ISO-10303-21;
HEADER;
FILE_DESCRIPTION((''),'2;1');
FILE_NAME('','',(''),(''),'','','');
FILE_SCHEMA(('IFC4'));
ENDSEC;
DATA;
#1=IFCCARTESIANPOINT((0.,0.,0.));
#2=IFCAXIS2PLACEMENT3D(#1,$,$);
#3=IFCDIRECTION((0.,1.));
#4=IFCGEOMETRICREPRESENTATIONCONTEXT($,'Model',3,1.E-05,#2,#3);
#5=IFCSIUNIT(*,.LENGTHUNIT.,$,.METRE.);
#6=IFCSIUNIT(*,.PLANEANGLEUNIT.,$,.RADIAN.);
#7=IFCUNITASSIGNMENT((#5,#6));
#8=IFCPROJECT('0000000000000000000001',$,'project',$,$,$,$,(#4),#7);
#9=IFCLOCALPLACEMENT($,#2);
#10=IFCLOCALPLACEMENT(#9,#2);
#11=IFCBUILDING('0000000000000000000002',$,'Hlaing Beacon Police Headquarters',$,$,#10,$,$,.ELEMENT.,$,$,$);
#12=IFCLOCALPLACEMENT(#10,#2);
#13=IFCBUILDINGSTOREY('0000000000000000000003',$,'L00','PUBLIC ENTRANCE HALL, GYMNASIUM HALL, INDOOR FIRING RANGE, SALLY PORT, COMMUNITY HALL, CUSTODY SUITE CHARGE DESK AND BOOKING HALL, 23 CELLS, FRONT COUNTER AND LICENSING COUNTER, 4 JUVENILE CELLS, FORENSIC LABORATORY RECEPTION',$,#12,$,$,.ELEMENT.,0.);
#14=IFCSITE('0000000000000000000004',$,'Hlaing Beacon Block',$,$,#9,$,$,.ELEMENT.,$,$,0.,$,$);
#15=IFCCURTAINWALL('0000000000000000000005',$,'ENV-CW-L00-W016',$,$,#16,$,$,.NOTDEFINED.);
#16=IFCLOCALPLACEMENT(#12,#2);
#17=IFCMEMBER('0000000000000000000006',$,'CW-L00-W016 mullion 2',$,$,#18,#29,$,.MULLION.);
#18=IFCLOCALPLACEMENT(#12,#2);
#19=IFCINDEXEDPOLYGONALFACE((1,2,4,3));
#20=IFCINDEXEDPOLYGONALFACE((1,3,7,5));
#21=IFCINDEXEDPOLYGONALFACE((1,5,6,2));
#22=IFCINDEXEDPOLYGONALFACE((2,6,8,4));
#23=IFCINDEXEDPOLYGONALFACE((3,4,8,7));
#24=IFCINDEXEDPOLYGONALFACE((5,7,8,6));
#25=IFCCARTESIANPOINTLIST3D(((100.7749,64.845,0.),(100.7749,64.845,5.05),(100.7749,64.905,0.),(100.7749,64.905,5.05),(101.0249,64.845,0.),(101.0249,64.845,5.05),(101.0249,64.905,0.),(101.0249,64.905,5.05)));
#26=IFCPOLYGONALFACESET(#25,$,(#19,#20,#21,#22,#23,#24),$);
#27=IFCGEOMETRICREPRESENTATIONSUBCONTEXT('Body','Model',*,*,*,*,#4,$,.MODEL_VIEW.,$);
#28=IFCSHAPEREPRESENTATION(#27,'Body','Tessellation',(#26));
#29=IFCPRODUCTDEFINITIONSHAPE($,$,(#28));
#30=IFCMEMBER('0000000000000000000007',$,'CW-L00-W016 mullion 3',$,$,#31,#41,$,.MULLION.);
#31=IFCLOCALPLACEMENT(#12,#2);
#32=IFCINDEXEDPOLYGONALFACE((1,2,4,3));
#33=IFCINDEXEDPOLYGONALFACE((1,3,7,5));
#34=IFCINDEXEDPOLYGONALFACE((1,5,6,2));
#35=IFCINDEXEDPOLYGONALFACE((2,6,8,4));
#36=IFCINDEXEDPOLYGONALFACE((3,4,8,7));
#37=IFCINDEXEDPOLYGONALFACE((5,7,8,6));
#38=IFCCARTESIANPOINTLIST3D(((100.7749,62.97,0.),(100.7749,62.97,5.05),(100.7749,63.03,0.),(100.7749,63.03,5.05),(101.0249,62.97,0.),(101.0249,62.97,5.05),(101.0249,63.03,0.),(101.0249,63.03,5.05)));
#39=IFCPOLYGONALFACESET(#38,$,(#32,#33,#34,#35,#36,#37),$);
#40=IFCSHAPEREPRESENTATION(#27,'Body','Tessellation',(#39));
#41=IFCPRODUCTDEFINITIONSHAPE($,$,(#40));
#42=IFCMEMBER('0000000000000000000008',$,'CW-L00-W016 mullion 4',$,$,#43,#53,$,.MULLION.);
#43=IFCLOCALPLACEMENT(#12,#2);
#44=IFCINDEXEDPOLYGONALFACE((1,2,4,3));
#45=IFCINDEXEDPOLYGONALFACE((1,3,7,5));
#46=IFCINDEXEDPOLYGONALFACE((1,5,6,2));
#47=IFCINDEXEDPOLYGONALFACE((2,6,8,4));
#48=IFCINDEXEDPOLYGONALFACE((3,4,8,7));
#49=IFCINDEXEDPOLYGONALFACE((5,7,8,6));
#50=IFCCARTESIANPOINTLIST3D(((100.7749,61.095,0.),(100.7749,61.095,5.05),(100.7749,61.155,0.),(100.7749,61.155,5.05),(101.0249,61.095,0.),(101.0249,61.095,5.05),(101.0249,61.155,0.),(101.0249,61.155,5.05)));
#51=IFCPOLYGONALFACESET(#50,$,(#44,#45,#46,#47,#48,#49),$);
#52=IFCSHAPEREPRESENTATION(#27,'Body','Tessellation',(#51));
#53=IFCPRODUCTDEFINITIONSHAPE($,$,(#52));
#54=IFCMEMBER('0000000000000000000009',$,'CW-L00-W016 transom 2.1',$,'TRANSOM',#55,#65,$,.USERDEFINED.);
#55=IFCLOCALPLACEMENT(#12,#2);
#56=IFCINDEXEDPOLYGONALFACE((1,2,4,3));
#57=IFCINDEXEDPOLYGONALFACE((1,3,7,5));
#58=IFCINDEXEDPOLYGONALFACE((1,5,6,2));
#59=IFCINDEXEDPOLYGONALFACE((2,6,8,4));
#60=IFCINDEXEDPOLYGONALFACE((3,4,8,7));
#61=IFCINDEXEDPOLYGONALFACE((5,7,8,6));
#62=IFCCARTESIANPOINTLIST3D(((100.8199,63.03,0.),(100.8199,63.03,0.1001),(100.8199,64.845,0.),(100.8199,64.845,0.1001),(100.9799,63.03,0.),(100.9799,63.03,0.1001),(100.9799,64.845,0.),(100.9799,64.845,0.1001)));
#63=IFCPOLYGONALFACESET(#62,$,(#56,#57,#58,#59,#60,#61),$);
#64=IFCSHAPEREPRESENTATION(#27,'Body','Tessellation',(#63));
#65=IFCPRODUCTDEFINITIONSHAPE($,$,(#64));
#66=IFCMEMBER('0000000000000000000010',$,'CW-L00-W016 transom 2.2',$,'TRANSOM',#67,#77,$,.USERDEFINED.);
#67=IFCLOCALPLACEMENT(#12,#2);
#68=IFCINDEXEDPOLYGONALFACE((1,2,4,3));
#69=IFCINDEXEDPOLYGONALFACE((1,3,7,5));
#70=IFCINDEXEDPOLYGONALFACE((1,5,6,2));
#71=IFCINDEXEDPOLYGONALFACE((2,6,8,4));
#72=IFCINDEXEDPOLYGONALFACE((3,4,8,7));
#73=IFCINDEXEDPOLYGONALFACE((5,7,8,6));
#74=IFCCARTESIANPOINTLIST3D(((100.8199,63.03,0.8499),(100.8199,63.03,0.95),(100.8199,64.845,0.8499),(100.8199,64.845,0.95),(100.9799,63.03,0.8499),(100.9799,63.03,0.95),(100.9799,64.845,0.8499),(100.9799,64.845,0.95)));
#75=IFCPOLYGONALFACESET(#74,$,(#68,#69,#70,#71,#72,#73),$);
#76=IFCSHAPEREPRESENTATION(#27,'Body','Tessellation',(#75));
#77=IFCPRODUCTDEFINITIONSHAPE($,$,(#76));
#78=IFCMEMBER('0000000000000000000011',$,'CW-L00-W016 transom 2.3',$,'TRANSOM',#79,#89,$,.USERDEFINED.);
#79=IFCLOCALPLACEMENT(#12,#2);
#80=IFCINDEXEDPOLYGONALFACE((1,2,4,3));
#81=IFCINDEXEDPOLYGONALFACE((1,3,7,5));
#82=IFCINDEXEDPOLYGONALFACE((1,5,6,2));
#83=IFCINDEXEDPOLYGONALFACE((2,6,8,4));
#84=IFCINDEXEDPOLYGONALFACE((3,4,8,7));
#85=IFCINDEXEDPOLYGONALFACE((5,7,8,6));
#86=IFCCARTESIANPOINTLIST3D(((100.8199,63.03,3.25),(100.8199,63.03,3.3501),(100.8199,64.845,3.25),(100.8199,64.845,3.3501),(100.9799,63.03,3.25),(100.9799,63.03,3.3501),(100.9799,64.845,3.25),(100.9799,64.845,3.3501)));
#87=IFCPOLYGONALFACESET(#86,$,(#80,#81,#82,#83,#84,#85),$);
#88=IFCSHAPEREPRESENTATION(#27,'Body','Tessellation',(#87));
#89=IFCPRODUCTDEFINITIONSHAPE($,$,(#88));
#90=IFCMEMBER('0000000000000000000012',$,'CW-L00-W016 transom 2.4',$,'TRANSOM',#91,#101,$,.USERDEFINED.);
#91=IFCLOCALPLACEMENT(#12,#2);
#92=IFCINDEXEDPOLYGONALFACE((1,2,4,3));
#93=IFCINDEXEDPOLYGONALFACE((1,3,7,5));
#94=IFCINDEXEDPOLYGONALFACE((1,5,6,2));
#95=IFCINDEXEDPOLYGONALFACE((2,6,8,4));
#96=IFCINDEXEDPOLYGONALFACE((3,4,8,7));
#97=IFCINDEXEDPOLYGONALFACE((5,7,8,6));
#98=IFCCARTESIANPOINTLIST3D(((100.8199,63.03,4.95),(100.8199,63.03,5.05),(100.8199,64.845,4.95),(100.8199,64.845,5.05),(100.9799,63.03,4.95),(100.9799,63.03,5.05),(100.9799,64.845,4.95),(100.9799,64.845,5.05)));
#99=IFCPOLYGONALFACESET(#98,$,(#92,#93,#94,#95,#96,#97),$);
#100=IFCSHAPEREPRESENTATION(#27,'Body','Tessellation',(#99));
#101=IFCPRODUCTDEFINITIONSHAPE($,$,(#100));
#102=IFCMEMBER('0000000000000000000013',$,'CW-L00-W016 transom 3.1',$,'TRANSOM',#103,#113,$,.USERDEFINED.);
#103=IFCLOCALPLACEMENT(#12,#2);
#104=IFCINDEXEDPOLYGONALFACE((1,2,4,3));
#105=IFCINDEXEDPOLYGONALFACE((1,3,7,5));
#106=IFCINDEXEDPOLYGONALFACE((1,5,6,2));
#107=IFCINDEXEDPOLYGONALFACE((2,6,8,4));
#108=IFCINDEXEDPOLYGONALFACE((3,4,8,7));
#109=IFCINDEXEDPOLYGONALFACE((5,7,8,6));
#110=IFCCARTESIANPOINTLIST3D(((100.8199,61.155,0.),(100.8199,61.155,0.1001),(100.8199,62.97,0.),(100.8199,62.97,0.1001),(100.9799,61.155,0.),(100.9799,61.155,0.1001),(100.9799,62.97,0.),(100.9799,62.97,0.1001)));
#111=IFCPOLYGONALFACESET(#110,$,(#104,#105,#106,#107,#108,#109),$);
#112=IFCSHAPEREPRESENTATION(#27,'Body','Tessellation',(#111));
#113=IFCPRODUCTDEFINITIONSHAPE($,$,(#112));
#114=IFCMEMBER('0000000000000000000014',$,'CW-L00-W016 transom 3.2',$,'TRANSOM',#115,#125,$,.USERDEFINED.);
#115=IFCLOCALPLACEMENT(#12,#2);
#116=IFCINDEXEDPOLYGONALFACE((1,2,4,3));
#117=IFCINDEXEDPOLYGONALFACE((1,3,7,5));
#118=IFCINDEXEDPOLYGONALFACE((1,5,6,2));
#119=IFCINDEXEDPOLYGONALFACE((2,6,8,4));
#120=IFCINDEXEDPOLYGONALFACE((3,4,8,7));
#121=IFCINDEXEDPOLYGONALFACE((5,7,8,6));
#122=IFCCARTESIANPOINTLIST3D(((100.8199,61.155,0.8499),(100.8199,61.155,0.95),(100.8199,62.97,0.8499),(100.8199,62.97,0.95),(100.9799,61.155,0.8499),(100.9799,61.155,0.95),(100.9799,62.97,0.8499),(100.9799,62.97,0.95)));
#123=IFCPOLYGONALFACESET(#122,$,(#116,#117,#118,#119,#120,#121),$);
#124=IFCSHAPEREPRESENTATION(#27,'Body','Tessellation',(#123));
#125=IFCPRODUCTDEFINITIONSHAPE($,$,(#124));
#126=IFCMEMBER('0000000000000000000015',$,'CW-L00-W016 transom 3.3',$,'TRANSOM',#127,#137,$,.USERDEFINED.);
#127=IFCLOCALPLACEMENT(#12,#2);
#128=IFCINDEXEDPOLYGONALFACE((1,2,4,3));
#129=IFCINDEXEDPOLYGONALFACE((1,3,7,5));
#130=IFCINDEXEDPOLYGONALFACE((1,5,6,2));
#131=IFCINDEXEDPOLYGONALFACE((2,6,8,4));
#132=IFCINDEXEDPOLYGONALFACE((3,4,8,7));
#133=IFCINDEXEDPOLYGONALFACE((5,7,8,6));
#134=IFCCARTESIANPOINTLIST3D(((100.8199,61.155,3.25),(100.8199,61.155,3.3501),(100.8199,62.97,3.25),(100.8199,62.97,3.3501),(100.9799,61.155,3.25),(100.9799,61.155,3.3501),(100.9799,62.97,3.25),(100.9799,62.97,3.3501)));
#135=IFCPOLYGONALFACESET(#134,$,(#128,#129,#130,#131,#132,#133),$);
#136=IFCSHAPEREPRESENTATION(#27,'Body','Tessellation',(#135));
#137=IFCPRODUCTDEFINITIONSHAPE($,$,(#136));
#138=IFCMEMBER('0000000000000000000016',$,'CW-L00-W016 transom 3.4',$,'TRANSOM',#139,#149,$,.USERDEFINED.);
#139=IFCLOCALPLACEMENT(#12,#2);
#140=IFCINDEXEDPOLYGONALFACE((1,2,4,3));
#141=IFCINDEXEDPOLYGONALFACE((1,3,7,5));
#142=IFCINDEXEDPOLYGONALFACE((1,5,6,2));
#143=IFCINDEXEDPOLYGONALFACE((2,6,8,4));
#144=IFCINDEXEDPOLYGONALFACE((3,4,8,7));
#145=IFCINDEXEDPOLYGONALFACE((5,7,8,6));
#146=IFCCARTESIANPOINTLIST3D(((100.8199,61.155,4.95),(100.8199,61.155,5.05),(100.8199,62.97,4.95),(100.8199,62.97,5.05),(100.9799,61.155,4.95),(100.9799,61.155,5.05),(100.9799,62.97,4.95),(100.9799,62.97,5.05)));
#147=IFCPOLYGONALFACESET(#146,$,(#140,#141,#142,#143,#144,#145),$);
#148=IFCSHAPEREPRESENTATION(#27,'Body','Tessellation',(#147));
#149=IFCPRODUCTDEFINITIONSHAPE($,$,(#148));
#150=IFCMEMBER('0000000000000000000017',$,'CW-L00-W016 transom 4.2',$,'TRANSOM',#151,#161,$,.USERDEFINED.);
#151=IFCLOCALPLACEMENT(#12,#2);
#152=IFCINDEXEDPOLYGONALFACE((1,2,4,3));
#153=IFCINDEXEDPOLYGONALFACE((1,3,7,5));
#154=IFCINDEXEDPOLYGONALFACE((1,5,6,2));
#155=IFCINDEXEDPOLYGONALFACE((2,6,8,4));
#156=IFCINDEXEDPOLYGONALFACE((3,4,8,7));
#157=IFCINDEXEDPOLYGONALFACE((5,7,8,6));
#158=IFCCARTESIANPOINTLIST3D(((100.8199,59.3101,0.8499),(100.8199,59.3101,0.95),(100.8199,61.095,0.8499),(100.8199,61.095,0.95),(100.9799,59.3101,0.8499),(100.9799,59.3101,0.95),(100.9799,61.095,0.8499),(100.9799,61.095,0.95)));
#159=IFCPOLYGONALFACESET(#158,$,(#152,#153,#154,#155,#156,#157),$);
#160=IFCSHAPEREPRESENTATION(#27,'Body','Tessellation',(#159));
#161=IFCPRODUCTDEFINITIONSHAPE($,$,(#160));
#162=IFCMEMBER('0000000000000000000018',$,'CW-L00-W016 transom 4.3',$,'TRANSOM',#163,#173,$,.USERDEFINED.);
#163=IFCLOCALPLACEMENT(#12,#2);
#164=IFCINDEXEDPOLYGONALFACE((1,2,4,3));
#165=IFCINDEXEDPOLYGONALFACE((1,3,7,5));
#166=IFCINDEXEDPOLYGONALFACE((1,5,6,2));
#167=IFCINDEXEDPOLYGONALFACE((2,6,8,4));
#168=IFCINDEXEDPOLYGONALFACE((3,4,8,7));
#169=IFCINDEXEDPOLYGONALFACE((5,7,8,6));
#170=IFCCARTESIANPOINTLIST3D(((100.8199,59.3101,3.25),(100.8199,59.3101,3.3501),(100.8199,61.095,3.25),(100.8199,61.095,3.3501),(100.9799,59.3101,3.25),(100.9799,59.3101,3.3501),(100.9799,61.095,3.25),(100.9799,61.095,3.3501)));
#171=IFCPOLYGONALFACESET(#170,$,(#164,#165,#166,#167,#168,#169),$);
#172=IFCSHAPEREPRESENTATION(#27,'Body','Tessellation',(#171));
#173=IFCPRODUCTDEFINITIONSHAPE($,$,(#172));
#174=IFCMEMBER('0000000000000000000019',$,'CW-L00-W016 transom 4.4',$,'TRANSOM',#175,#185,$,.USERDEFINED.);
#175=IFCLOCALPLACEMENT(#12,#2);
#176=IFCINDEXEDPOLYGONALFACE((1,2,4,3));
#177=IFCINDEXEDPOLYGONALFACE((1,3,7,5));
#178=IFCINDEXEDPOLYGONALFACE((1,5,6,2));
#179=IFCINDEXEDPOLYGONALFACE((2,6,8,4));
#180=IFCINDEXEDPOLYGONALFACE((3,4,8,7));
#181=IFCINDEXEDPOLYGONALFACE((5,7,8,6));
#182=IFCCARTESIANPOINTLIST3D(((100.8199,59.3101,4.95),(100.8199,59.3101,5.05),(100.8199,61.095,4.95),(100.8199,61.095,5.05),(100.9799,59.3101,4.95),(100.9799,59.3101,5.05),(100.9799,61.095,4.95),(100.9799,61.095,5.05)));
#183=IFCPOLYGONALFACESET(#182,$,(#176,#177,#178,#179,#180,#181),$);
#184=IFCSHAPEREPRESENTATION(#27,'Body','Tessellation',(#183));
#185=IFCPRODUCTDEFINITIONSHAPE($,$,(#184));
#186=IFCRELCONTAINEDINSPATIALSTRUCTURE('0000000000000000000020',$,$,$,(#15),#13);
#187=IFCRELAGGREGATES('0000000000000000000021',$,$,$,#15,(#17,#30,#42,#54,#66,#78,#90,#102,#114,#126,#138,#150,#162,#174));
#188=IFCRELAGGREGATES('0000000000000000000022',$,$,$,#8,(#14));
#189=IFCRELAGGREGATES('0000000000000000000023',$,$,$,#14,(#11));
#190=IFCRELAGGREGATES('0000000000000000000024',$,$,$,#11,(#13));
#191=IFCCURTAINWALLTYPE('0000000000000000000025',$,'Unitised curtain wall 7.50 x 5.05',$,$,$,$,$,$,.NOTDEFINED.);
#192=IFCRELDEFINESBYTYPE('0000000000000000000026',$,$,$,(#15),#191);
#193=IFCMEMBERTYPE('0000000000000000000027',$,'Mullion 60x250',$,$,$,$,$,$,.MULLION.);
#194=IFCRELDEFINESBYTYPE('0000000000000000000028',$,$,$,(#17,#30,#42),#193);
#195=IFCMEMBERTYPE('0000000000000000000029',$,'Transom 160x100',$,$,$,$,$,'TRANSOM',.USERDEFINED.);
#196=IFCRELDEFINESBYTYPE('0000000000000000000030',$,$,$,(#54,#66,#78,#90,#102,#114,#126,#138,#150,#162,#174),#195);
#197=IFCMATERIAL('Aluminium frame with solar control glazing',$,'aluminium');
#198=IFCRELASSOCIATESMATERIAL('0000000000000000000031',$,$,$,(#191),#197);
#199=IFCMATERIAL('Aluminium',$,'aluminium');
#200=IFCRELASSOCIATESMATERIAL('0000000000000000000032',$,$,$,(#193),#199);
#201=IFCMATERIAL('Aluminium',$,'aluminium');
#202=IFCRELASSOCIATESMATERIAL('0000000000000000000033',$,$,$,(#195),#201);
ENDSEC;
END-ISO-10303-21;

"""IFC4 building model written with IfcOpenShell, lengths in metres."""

from ifc_helpers import new_model, si_unit, direction, frame, origin, origin_2d, place, context, subcontext, project, spatial, rectangle, extrude, material, material_profile, profile_set, type_object, element, aggregate, save


model = new_model("IFC4")

# Units and contexts
model_context = context("Model", 3, precision=1e-05, world=origin(), true_north=direction((0.0, 1.0)))
body_context = subcontext(model_context, "Body", "Model", "MODEL_VIEW")
ifc_project = project(units=[si_unit("LENGTHUNIT", "METRE"), si_unit("PLANEANGLEUNIT", "RADIAN")], contexts=[model_context])

# Site, building, storey
site_placement = place(None, origin())
site = spatial("IfcSite", under=ifc_project, at=site_placement, Name="Hlaing Beacon Block", CompositionType="ELEMENT", RefElevation=0.0)
building_placement = place(site_placement, origin())
building = spatial("IfcBuilding", under=site, at=building_placement, Name="Hlaing Beacon Police Headquarters", CompositionType="ELEMENT")
storey_placement = place(building_placement, origin())
storey = spatial("IfcBuildingStorey", under=building, at=storey_placement, Name="L00", Description="PUBLIC ENTRANCE HALL, GYMNASIUM HALL, INDOOR FIRING RANGE, SALLY PORT, COMMUNITY HALL, CUSTODY SUITE CHARGE DESK AND BOOKING HALL, 23 CELLS, FRONT COUNTER AND LICENSING COUNTER, 4 JUVENILE CELLS, FORENSIC LABORATORY RECEPTION", CompositionType="ELEMENT", Elevation=0.0)

# Curtain wall, members
ifc_material_1 = material(Name="Aluminium frame with solar control glazing", Category="aluminium")
curtain_wall_type = type_object("IfcCurtainWallType", Name="Unitised curtain wall 7.50 x 5.05", PredefinedType="NOTDEFINED", material=ifc_material_1)
curtain_wall_placement = place(storey_placement, origin())
curtain_wall = element("IfcCurtainWall", 1, at=curtain_wall_placement, inside=storey, type_object=curtain_wall_type, Name="ENV-CW-L00-W016", PredefinedType="NOTDEFINED")
ifc_material_2 = material(Name="Aluminium", Category="aluminium")
ifc_material_profile_1 = material_profile(ifc_material_2, rectangle(XDim=0.25, YDim=0.0601, at=origin_2d()), Name="Mullion 60x250")
ifc_profile_set_1 = profile_set([ifc_material_profile_1], Name="Aluminium")
member_type_1 = type_object("IfcMemberType", Name="Mullion 60x250", PredefinedType="MULLION", material=ifc_profile_set_1)
member_1_placement = place(storey_placement, frame((100.8999, 64.875, 0.0), z_axis=(0.0, 0.0, 1.0), x_axis=(1.0, 0.0, 0.0)))
member_1 = element("IfcMember", 2, at=member_1_placement, type_object=member_type_1, Name="CW-L00-W016 mullion 2", PredefinedType="MULLION", context=body_context, shape_type="SweptSolid", body=[
    extrude(rectangle(XDim=0.25, YDim=0.0601, at=origin_2d()), origin(), (0.0, 0.0, 1.0), 5.05),
])
member_2_placement = place(storey_placement, frame((100.8999, 63.0, 0.0), z_axis=(0.0, 0.0, 1.0), x_axis=(1.0, 0.0, 0.0)))
member_2 = element("IfcMember", 3, at=member_2_placement, type_object=member_type_1, Name="CW-L00-W016 mullion 3", PredefinedType="MULLION", context=body_context, shape_type="SweptSolid", body=[
    extrude(rectangle(XDim=0.25, YDim=0.0601, at=origin_2d()), origin(), (0.0, 0.0, 1.0), 5.05),
])
member_3_placement = place(storey_placement, frame((100.8999, 61.125, 0.0), z_axis=(0.0, 0.0, 1.0), x_axis=(1.0, 0.0, 0.0)))
member_3 = element("IfcMember", 4, at=member_3_placement, type_object=member_type_1, Name="CW-L00-W016 mullion 4", PredefinedType="MULLION", context=body_context, shape_type="SweptSolid", body=[
    extrude(rectangle(XDim=0.25, YDim=0.0601, at=origin_2d()), origin(), (0.0, 0.0, 1.0), 5.05),
])
ifc_material_3 = material(Name="Aluminium", Category="aluminium")
ifc_material_profile_2 = material_profile(ifc_material_3, rectangle(XDim=0.1599, YDim=0.1001, at=origin_2d()), Name="Transom 160x100")
ifc_profile_set_2 = profile_set([ifc_material_profile_2], Name="Aluminium")
member_type_2 = type_object("IfcMemberType", Name="Transom 160x100", ElementType="TRANSOM", PredefinedType="USERDEFINED", material=ifc_profile_set_2)
member_4_placement = place(storey_placement, frame((100.8999, 64.845, 0.05), z_axis=(0.0, -1.0, 0.0), x_axis=(1.0, 0.0, 0.0)))
member_4 = element("IfcMember", 5, at=member_4_placement, type_object=member_type_2, Name="CW-L00-W016 transom 2.1", ObjectType="TRANSOM", PredefinedType="USERDEFINED", context=body_context, shape_type="SweptSolid", body=[
    extrude(rectangle(XDim=0.1599, YDim=0.1001, at=origin_2d()), origin(), (0.0, 0.0, 1.0), 1.8149),
])
member_5_placement = place(storey_placement, frame((100.8999, 64.845, 0.8999), z_axis=(0.0, -1.0, 0.0), x_axis=(1.0, 0.0, 0.0)))
member_5 = element("IfcMember", 6, at=member_5_placement, type_object=member_type_2, Name="CW-L00-W016 transom 2.2", ObjectType="TRANSOM", PredefinedType="USERDEFINED", context=body_context, shape_type="SweptSolid", body=[
    extrude(rectangle(XDim=0.1599, YDim=0.1001, at=origin_2d()), origin(), (0.0, 0.0, 1.0), 1.8149),
])
member_6_placement = place(storey_placement, frame((100.8999, 64.845, 3.3), z_axis=(0.0, -1.0, 0.0), x_axis=(1.0, 0.0, 0.0)))
member_6 = element("IfcMember", 7, at=member_6_placement, type_object=member_type_2, Name="CW-L00-W016 transom 2.3", ObjectType="TRANSOM", PredefinedType="USERDEFINED", context=body_context, shape_type="SweptSolid", body=[
    extrude(rectangle(XDim=0.1599, YDim=0.1001, at=origin_2d()), origin(), (0.0, 0.0, 1.0), 1.8149),
])
member_7_placement = place(storey_placement, frame((100.8999, 64.845, 5.0), z_axis=(0.0, -1.0, 0.0), x_axis=(1.0, 0.0, 0.0)))
member_7 = element("IfcMember", 8, at=member_7_placement, type_object=member_type_2, Name="CW-L00-W016 transom 2.4", ObjectType="TRANSOM", PredefinedType="USERDEFINED", context=body_context, shape_type="SweptSolid", body=[
    extrude(rectangle(XDim=0.1599, YDim=0.1001, at=origin_2d()), origin(), (0.0, 0.0, 1.0), 1.8149),
])
member_8_placement = place(storey_placement, frame((100.8999, 62.97, 0.05), z_axis=(0.0, -1.0, 0.0), x_axis=(1.0, 0.0, 0.0)))
member_8 = element("IfcMember", 9, at=member_8_placement, type_object=member_type_2, Name="CW-L00-W016 transom 3.1", ObjectType="TRANSOM", PredefinedType="USERDEFINED", context=body_context, shape_type="SweptSolid", body=[
    extrude(rectangle(XDim=0.1599, YDim=0.1001, at=origin_2d()), origin(), (0.0, 0.0, 1.0), 1.8149),
])
member_9_placement = place(storey_placement, frame((100.8999, 62.97, 0.8999), z_axis=(0.0, -1.0, 0.0), x_axis=(1.0, 0.0, 0.0)))
member_9 = element("IfcMember", 10, at=member_9_placement, type_object=member_type_2, Name="CW-L00-W016 transom 3.2", ObjectType="TRANSOM", PredefinedType="USERDEFINED", context=body_context, shape_type="SweptSolid", body=[
    extrude(rectangle(XDim=0.1599, YDim=0.1001, at=origin_2d()), origin(), (0.0, 0.0, 1.0), 1.8149),
])
member_10_placement = place(storey_placement, frame((100.8999, 62.97, 3.3), z_axis=(0.0, -1.0, 0.0), x_axis=(1.0, 0.0, 0.0)))
member_10 = element("IfcMember", 11, at=member_10_placement, type_object=member_type_2, Name="CW-L00-W016 transom 3.3", ObjectType="TRANSOM", PredefinedType="USERDEFINED", context=body_context, shape_type="SweptSolid", body=[
    extrude(rectangle(XDim=0.1599, YDim=0.1001, at=origin_2d()), origin(), (0.0, 0.0, 1.0), 1.8149),
])
member_11_placement = place(storey_placement, frame((100.8999, 62.97, 5.0), z_axis=(0.0, -1.0, 0.0), x_axis=(1.0, 0.0, 0.0)))
member_11 = element("IfcMember", 12, at=member_11_placement, type_object=member_type_2, Name="CW-L00-W016 transom 3.4", ObjectType="TRANSOM", PredefinedType="USERDEFINED", context=body_context, shape_type="SweptSolid", body=[
    extrude(rectangle(XDim=0.1599, YDim=0.1001, at=origin_2d()), origin(), (0.0, 0.0, 1.0), 1.8149),
])
member_12_placement = place(storey_placement, frame((100.8999, 61.095, 0.8999), z_axis=(0.0, -1.0, 0.0), x_axis=(1.0, 0.0, 0.0)))
member_12 = element("IfcMember", 13, at=member_12_placement, type_object=member_type_2, Name="CW-L00-W016 transom 4.2", ObjectType="TRANSOM", PredefinedType="USERDEFINED", context=body_context, shape_type="SweptSolid", body=[
    extrude(rectangle(XDim=0.1599, YDim=0.1001, at=origin_2d()), origin(), (0.0, 0.0, 1.0), 1.7849),
])
member_13_placement = place(storey_placement, frame((100.8999, 61.095, 3.3), z_axis=(0.0, -1.0, 0.0), x_axis=(1.0, 0.0, 0.0)))
member_13 = element("IfcMember", 14, at=member_13_placement, type_object=member_type_2, Name="CW-L00-W016 transom 4.3", ObjectType="TRANSOM", PredefinedType="USERDEFINED", context=body_context, shape_type="SweptSolid", body=[
    extrude(rectangle(XDim=0.1599, YDim=0.1001, at=origin_2d()), origin(), (0.0, 0.0, 1.0), 1.7849),
])
member_14_placement = place(storey_placement, frame((100.8999, 61.095, 5.0), z_axis=(0.0, -1.0, 0.0), x_axis=(1.0, 0.0, 0.0)))
member_14 = element("IfcMember", 15, at=member_14_placement, type_object=member_type_2, Name="CW-L00-W016 transom 4.4", ObjectType="TRANSOM", PredefinedType="USERDEFINED", context=body_context, shape_type="SweptSolid", body=[
    extrude(rectangle(XDim=0.1599, YDim=0.1001, at=origin_2d()), origin(), (0.0, 0.0, 1.0), 1.7849),
])
aggregate(curtain_wall, [member_1, member_2, member_3, member_4, member_5, member_6, member_7, member_8, member_9, member_10, member_11, member_12, member_13, member_14])

save(model, "model.ifc")
